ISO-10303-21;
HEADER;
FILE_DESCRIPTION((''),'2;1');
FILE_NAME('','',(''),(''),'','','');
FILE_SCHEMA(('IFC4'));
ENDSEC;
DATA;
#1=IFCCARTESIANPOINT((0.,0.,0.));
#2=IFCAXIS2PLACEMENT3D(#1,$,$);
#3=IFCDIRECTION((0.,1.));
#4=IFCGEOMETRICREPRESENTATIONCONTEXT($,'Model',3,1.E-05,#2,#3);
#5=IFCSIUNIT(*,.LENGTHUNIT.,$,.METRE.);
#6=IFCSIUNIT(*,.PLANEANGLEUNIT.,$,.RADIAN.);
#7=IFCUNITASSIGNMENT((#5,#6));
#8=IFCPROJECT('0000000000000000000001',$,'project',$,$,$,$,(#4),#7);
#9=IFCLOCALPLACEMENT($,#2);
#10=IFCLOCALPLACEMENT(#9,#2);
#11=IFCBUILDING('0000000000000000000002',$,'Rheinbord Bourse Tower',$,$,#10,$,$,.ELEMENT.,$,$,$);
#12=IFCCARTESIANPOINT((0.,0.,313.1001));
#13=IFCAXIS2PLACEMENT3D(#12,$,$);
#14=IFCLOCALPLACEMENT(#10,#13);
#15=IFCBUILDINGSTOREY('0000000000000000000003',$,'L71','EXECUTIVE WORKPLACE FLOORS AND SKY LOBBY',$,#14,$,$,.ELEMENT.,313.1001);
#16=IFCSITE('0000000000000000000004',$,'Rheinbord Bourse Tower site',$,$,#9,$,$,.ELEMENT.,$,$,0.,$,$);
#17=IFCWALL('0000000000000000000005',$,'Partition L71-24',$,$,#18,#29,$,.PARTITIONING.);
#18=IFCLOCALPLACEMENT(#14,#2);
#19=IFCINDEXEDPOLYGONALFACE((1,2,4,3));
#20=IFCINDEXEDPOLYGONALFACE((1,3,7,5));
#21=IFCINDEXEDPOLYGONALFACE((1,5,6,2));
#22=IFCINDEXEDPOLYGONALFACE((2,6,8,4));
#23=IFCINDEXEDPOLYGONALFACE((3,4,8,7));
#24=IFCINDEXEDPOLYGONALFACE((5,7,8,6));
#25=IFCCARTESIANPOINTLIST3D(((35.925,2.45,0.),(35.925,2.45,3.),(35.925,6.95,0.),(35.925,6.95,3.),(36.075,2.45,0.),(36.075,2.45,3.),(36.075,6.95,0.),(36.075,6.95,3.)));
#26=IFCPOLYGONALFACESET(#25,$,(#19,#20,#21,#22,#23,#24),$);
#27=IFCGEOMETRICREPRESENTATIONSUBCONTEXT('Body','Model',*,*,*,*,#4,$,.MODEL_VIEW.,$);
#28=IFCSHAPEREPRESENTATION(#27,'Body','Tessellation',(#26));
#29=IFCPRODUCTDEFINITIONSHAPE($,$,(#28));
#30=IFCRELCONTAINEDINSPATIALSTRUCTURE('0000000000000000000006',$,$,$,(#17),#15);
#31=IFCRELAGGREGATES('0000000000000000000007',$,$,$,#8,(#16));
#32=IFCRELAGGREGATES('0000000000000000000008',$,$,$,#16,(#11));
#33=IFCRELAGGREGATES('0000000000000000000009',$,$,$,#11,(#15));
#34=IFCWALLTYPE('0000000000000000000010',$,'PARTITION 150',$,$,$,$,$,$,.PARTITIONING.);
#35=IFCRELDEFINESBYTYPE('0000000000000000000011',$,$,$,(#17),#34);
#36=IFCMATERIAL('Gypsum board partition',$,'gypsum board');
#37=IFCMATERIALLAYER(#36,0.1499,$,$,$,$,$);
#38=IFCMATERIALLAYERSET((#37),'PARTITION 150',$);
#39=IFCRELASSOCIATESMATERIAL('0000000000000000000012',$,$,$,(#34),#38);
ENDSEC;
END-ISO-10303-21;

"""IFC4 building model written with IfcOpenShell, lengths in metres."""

from ifc_helpers import new_model, si_unit, direction, frame, frame_2d, origin, place, context, subcontext, project, spatial, rectangle, extrude, material, layer, layer_set, type_object, element, save


model = new_model("IFC4")

# Units and contexts
model_context = context("Model", 3, precision=1e-05, world=origin(), true_north=direction((0.0, 1.0)))
body_context = subcontext(model_context, "Body", "Model", "MODEL_VIEW")
ifc_project = project(units=[si_unit("LENGTHUNIT", "METRE"), si_unit("PLANEANGLEUNIT", "RADIAN")], contexts=[model_context])

# Site, building, storey
site_placement = place(None, origin())
site = spatial("IfcSite", under=ifc_project, at=site_placement, Name="Rheinbord Bourse Tower site", CompositionType="ELEMENT", RefElevation=0.0)
building_placement = place(site_placement, origin())
building = spatial("IfcBuilding", under=site, at=building_placement, Name="Rheinbord Bourse Tower", CompositionType="ELEMENT")
storey_placement = place(building_placement, frame((0.0, 0.0, 313.1001)))
storey = spatial("IfcBuildingStorey", under=building, at=storey_placement, Name="L71", Description="EXECUTIVE WORKPLACE FLOORS AND SKY LOBBY", CompositionType="ELEMENT", Elevation=313.1001)

# Wall
ifc_material_1 = material(Name="Gypsum board partition", Category="gypsum board")
ifc_layer_1 = layer(ifc_material_1, 0.1499)
ifc_layer_set_1 = layer_set([ifc_layer_1], Name="PARTITION 150")
wall_type_1 = type_object("IfcWallType", Name="PARTITION 150", PredefinedType="PARTITIONING", material=ifc_layer_set_1)
wall_1_placement = place(storey_placement, frame((36.0, 2.45, 0.0), z_axis=(0.0, 0.0, 1.0), x_axis=(0.0, 1.0, 0.0)))
element("IfcWall", 1, at=wall_1_placement, inside=storey, type_object=wall_type_1, Name="Partition L71-24", PredefinedType="PARTITIONING", context=body_context, shape_type="SweptSolid", body=[
    extrude(rectangle(XDim=4.5, YDim=0.1499, at=frame_2d((2.25, 0.0))), origin(), (0.0, 0.0, 1.0), 3.0),
])

save(model, "model.ifc")
